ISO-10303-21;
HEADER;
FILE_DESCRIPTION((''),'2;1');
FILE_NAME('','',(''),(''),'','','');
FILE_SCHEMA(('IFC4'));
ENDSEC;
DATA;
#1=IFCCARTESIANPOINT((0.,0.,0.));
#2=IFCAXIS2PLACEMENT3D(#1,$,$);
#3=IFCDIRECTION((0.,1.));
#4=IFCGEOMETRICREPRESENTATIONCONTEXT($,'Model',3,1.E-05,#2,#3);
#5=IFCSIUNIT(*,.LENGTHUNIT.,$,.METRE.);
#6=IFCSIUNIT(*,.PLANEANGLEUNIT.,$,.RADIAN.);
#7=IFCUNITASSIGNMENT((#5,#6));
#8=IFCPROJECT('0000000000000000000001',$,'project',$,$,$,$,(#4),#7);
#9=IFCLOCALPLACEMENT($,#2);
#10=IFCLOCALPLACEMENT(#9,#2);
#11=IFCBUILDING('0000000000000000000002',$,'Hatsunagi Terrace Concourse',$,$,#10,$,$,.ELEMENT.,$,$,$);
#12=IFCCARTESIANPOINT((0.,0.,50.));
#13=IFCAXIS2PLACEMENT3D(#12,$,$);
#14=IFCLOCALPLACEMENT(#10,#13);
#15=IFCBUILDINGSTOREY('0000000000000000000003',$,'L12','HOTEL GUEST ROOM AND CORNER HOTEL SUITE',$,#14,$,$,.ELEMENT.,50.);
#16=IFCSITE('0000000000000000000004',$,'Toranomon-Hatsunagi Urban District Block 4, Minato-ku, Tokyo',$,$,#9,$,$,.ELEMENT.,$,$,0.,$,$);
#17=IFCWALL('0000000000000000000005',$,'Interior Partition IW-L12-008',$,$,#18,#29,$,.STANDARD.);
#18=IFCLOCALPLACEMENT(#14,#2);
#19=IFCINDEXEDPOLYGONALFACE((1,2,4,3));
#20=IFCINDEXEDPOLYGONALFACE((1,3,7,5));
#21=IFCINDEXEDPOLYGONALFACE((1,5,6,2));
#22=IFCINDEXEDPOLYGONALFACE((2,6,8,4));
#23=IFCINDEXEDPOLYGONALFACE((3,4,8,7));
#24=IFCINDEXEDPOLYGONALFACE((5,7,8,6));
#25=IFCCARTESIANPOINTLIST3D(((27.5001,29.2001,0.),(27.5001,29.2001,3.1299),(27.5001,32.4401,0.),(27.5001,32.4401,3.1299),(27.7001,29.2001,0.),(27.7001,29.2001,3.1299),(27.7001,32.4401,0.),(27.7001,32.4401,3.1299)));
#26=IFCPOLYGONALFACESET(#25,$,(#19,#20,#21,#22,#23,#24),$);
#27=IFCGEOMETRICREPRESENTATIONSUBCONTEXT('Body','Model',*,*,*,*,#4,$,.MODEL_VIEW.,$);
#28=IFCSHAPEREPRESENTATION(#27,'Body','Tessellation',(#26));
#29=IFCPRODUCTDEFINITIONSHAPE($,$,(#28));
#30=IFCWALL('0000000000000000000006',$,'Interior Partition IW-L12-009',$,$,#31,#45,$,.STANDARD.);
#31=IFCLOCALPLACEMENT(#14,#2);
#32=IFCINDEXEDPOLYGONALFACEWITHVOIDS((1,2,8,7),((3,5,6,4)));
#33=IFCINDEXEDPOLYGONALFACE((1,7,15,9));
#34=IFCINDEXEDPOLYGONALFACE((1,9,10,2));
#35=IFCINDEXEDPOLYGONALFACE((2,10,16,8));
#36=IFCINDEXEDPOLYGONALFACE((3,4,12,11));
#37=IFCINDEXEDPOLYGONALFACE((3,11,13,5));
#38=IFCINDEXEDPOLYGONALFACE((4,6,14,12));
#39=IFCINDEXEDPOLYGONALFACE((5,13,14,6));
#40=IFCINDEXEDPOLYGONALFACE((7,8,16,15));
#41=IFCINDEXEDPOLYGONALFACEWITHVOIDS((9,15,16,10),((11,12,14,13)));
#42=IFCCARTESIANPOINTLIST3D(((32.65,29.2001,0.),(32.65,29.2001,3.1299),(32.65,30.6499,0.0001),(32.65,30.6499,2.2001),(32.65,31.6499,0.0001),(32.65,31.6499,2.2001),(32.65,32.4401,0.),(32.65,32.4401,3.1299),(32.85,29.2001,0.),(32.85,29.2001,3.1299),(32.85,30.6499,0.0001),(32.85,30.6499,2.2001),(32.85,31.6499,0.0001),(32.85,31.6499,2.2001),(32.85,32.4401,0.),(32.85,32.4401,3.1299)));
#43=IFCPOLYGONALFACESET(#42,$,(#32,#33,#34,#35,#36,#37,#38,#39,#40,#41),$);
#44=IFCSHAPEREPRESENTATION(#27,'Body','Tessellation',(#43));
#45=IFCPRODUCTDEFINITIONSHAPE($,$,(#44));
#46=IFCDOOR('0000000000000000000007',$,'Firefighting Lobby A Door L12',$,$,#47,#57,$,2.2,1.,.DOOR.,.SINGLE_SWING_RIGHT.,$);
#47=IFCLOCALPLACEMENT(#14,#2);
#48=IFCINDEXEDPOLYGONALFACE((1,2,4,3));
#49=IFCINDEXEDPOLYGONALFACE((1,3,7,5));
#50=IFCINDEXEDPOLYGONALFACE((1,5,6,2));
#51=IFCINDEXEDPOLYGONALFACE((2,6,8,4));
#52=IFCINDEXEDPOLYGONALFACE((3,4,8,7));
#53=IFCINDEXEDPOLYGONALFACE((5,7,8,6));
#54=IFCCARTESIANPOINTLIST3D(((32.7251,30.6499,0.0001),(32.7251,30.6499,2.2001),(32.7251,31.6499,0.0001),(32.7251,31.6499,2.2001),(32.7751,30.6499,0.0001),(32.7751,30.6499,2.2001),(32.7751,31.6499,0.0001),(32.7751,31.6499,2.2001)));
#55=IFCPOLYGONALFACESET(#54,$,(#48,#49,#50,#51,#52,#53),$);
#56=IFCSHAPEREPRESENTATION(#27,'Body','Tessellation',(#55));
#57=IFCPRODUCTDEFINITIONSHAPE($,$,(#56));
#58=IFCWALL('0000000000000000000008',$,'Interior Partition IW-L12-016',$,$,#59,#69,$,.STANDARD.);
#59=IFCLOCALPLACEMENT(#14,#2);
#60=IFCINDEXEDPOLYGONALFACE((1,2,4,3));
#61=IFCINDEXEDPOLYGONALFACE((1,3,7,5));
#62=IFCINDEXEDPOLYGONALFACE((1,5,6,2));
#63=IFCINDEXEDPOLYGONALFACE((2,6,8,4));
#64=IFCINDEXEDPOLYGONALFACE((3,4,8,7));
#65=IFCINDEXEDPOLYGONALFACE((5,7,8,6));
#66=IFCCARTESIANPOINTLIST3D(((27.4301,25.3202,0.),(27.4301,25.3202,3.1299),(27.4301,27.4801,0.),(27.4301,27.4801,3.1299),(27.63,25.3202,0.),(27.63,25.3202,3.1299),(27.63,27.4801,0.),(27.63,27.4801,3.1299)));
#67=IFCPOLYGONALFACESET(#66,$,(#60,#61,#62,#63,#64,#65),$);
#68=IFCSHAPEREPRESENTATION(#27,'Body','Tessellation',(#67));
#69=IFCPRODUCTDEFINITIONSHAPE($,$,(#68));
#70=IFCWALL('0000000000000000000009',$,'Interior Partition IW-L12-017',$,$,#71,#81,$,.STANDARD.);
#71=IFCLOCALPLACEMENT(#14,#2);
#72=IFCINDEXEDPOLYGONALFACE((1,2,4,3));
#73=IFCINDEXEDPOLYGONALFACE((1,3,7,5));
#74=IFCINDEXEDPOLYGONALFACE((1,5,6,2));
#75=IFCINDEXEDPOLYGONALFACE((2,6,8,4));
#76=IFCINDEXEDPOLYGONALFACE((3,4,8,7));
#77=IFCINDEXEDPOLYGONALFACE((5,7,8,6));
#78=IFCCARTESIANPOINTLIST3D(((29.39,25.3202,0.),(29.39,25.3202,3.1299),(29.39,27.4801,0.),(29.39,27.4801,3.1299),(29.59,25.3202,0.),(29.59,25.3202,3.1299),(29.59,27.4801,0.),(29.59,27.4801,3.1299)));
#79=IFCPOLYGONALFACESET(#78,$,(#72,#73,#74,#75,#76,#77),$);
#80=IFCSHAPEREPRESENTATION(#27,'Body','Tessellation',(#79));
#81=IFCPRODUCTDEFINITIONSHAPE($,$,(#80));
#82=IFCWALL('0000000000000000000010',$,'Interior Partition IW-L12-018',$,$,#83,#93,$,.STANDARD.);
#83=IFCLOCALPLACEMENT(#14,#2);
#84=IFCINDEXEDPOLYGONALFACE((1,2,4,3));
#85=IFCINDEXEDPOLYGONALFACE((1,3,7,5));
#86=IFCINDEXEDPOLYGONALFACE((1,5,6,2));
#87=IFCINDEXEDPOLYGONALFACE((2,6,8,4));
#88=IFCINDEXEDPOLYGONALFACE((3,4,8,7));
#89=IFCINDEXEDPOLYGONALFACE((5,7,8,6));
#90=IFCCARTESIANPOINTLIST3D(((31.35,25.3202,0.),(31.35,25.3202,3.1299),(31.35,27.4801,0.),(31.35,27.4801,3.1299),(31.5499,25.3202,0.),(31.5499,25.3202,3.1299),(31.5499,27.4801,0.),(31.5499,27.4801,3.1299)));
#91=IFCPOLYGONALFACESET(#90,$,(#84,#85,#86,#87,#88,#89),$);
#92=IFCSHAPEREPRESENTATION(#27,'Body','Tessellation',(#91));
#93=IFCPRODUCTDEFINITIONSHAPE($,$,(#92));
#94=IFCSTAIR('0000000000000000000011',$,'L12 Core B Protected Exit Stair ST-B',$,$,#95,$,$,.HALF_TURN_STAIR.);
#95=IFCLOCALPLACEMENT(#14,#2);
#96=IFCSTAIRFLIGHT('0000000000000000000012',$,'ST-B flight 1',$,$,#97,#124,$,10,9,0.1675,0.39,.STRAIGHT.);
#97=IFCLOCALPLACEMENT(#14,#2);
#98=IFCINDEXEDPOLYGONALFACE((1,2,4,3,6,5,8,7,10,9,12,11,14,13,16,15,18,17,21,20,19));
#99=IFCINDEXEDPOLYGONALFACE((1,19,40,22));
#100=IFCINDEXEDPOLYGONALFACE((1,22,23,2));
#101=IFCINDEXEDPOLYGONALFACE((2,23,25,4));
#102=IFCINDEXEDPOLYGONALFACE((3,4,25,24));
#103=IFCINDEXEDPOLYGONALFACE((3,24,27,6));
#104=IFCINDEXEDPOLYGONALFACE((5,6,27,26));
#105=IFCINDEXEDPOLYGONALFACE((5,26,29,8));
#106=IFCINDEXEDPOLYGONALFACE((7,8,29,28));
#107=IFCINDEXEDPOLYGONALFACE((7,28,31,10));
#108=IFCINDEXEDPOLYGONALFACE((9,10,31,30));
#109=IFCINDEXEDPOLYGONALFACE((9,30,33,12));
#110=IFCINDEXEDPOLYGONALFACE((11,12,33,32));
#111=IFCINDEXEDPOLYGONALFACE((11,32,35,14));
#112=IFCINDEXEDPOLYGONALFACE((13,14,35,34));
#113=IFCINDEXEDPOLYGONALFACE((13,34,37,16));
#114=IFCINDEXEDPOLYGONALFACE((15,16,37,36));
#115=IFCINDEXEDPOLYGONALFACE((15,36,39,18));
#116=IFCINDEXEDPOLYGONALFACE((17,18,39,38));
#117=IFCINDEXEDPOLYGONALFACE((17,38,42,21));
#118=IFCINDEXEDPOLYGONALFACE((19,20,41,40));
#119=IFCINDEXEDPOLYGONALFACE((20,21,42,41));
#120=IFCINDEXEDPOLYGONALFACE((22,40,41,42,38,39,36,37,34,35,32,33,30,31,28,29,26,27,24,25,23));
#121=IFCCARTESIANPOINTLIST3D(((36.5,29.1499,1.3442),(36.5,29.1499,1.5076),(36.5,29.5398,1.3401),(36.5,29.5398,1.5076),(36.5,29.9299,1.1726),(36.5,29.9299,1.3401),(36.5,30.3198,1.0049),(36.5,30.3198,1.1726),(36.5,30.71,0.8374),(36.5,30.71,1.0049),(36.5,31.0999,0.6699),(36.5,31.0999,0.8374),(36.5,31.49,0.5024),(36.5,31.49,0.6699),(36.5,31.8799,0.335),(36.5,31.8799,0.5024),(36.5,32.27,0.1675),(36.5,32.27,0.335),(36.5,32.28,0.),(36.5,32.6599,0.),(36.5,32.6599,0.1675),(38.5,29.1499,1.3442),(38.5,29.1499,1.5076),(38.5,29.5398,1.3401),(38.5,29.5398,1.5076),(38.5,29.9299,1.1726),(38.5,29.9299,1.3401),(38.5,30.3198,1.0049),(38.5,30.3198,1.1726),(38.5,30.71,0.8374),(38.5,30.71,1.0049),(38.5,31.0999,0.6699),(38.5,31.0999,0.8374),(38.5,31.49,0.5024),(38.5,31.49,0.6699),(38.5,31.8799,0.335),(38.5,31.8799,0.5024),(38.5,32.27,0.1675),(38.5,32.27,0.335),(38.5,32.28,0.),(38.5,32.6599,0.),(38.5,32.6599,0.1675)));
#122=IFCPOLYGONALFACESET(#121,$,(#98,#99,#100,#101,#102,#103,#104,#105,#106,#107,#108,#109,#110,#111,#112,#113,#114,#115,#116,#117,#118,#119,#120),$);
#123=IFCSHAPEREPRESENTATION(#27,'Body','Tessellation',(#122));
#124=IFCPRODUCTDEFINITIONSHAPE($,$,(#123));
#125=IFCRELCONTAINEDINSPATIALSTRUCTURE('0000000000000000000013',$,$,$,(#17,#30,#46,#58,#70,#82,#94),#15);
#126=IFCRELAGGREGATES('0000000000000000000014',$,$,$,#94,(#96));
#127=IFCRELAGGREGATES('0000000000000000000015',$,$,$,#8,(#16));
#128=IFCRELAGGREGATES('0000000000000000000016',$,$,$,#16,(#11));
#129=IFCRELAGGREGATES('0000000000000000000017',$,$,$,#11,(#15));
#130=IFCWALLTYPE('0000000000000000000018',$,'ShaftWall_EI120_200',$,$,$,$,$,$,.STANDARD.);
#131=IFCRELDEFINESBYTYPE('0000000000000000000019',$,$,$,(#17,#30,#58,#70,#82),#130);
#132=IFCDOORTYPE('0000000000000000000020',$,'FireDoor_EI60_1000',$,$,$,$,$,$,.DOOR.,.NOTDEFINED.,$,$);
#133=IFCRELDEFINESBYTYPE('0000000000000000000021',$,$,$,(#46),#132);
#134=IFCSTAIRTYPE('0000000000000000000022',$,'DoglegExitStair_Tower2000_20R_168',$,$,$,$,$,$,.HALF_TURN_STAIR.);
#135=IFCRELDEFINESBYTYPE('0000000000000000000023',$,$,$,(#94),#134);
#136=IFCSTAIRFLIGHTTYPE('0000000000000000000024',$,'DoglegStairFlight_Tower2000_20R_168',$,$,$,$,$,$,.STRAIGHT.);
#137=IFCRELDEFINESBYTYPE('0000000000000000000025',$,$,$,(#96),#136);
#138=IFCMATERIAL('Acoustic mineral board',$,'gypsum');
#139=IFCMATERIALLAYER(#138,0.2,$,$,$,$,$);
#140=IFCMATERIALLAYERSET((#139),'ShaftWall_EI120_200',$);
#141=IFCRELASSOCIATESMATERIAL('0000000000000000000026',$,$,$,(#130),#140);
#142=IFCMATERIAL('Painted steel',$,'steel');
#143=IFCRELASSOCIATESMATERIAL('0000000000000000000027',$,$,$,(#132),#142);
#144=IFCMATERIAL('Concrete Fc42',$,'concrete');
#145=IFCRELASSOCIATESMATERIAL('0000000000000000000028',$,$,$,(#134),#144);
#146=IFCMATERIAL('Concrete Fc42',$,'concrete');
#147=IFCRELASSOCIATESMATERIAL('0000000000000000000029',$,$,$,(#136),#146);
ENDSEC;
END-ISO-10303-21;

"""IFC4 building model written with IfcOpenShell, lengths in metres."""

from ifc_helpers import new_model, si_unit, direction, frame, frame_2d, origin, place, context, subcontext, project, spatial, polyline, rectangle, outline, extrude, material, layer, layer_set, type_object, element, fill, aggregate, save


model = new_model("IFC4")

# Units and contexts
model_context = context("Model", 3, precision=1e-05, world=origin(), true_north=direction((0.0, 1.0)))
body_context = subcontext(model_context, "Body", "Model", "MODEL_VIEW")
ifc_project = project(units=[si_unit("LENGTHUNIT", "METRE"), si_unit("PLANEANGLEUNIT", "RADIAN")], contexts=[model_context])

# Site, building, storey
site_placement = place(None, origin())
site = spatial("IfcSite", under=ifc_project, at=site_placement, Name="Toranomon-Hatsunagi Urban District Block 4, Minato-ku, Tokyo", CompositionType="ELEMENT", RefElevation=0.0)
building_placement = place(site_placement, origin())
building = spatial("IfcBuilding", under=site, at=building_placement, Name="Hatsunagi Terrace Concourse", CompositionType="ELEMENT")
storey_placement = place(building_placement, frame((0.0, 0.0, 50.0)))
storey = spatial("IfcBuildingStorey", under=building, at=storey_placement, Name="L12", Description="HOTEL GUEST ROOM AND CORNER HOTEL SUITE", CompositionType="ELEMENT", Elevation=50.0)

# Wall
ifc_material_1 = material(Name="Acoustic mineral board", Category="gypsum")
ifc_layer_1 = layer(ifc_material_1, 0.2)
ifc_layer_set_1 = layer_set([ifc_layer_1], Name="ShaftWall_EI120_200")
wall_type_1 = type_object("IfcWallType", Name="ShaftWall_EI120_200", PredefinedType="STANDARD", material=ifc_layer_set_1)
wall_1_placement = place(storey_placement, frame((27.6001, 29.2, 0.0), z_axis=(0.0, 0.0, 1.0), x_axis=(0.0, 1.0, 0.0)))
element("IfcWall", 1, at=wall_1_placement, inside=storey, type_object=wall_type_1, Name="Interior Partition IW-L12-008", PredefinedType="STANDARD", context=body_context, shape_type="SweptSolid", body=[
    extrude(rectangle(XDim=3.24, YDim=0.2, at=frame_2d((1.6201, 0.0))), origin(), (0.0, 0.0, 1.0), 3.1299),
])

# Wall, opening, door
wall_2_placement = place(storey_placement, frame((32.75, 29.2, 0.0), z_axis=(0.0, 0.0, 1.0), x_axis=(0.0, 1.0, 0.0)))
wall_2 = element("IfcWall", 2, at=wall_2_placement, inside=storey, type_object=wall_type_1, Name="Interior Partition IW-L12-009", PredefinedType="STANDARD", context=body_context, shape_type="SweptSolid", body=[
    extrude(rectangle(XDim=3.24, YDim=0.2, at=frame_2d((1.6201, 0.0))), origin(), (0.0, 0.0, 1.0), 3.1299),
])
opening_1_placement = place(wall_2_placement, frame((1.45, 0.0, 0.0)))
opening_1 = element("IfcOpeningElement", 3, at=opening_1_placement, cuts=wall_2, PredefinedType="OPENING", context=body_context, shape_type="SweptSolid", body=[
    extrude(rectangle(XDim=1.0, YDim=2.2, at=frame_2d((0.5, 1.1001))), frame((0.0, 0.1099, 0.0), z_axis=(0.0, -1.0, 0.0), x_axis=(1.0, 0.0, 0.0)), (0.0, 0.0, 1.0), 0.22),
])
ifc_material_2 = material(Name="Painted steel", Category="steel")
door_type_1 = type_object("IfcDoorType", Name="FireDoor_EI60_1000", OperationType="NOTDEFINED", PredefinedType="DOOR", material=ifc_material_2)
door_1_placement = place(opening_1_placement, origin())
door_1 = element("IfcDoor", 4, at=door_1_placement, inside=storey, type_object=door_type_1, Name="Firefighting Lobby A Door L12", OperationType="SINGLE_SWING_RIGHT", OverallHeight=2.2, OverallWidth=1.0, PredefinedType="DOOR", context=body_context, shape_type="SweptSolid", body=[
    extrude(rectangle(XDim=1.0, YDim=2.2, at=frame_2d((0.5, 1.1001))), frame((0.0, 0.0249, 0.0), z_axis=(0.0, -1.0, 0.0), x_axis=(1.0, 0.0, 0.0)), (0.0, 0.0, 1.0), 0.05),
])
fill(opening_1, door_1)

# Walls
for number, where, z_axis, x_axis, name in (
    (5, (27.53, 25.3201, 0.0), (0.0, 0.0, 1.0), (0.0, 1.0, 0.0), "Interior Partition IW-L12-016"),
    (6, (29.49, 25.3201, 0.0), (0.0, 0.0, 1.0), (0.0, 1.0, 0.0), "Interior Partition IW-L12-017"),
    (7, (31.45, 25.3201, 0.0), (0.0, 0.0, 1.0), (0.0, 1.0, 0.0), "Interior Partition IW-L12-018"),
):
    element("IfcWall", number, at=place(storey_placement, frame(where, z_axis=z_axis, x_axis=x_axis)), inside=storey, type_object=wall_type_1, Name=name, PredefinedType="STANDARD", context=body_context, shape_type="SweptSolid", body=[
        extrude(rectangle(XDim=2.1599, YDim=0.2, at=frame_2d((1.0801, 0.0))), origin(), (0.0, 0.0, 1.0), 3.1299),
    ])

# Stair, stair flight
ifc_material_3 = material(Name="Concrete Fc42", Category="concrete")
stair_type = type_object("IfcStairType", Name="DoglegExitStair_Tower2000_20R_168", PredefinedType="HALF_TURN_STAIR", material=ifc_material_3)
stair_placement = place(storey_placement, origin())
stair = element("IfcStair", 8, at=stair_placement, inside=storey, type_object=stair_type, Name="L12 Core B Protected Exit Stair ST-B", PredefinedType="HALF_TURN_STAIR")
ifc_material_4 = material(Name="Concrete Fc42", Category="concrete")
stair_flight_type = type_object("IfcStairFlightType", Name="DoglegStairFlight_Tower2000_20R_168", PredefinedType="STRAIGHT", material=ifc_material_4)
stair_flight_placement = place(storey_placement, frame((37.5, 32.6599, 0.0), z_axis=(0.0, 0.0, 1.0), x_axis=(0.0, -1.0, 0.0)))
stair_flight = element("IfcStairFlight", 9, at=stair_flight_placement, type_object=stair_flight_type, Name="ST-B flight 1", NumberOfRisers=10, NumberOfTreads=9, PredefinedType="STRAIGHT", RiserHeight=0.1675, TreadLength=0.39, context=body_context, shape_type="SweptSolid", body=[
    extrude(outline(polyline([(0.0, 0.0), (0.0, 0.1675), (0.3899, 0.1675), (0.3899, 0.335), (0.78, 0.335), (0.78, 0.5024), (1.1699, 0.5024), (1.1699, 0.6699), (1.5601, 0.6699), (1.5601, 0.8374), (1.95, 0.8374), (1.95, 1.0049), (2.3401, 1.0049), (2.3401, 1.1726), (2.73, 1.1726), (2.73, 1.3401), (3.1201, 1.3401), (3.1201, 1.5076), (3.51, 1.5076), (3.51, 1.675), (3.51, 1.3442), (0.3799, 0.0), (0.0, 0.0)])), frame((0.0, 1.0, 0.0), z_axis=(0.0, -1.0, 0.0), x_axis=(1.0, 0.0, 0.0)), (0.0, 0.0, 1.0), 2.0),
])
aggregate(stair, [stair_flight])

save(model, "model.ifc")
